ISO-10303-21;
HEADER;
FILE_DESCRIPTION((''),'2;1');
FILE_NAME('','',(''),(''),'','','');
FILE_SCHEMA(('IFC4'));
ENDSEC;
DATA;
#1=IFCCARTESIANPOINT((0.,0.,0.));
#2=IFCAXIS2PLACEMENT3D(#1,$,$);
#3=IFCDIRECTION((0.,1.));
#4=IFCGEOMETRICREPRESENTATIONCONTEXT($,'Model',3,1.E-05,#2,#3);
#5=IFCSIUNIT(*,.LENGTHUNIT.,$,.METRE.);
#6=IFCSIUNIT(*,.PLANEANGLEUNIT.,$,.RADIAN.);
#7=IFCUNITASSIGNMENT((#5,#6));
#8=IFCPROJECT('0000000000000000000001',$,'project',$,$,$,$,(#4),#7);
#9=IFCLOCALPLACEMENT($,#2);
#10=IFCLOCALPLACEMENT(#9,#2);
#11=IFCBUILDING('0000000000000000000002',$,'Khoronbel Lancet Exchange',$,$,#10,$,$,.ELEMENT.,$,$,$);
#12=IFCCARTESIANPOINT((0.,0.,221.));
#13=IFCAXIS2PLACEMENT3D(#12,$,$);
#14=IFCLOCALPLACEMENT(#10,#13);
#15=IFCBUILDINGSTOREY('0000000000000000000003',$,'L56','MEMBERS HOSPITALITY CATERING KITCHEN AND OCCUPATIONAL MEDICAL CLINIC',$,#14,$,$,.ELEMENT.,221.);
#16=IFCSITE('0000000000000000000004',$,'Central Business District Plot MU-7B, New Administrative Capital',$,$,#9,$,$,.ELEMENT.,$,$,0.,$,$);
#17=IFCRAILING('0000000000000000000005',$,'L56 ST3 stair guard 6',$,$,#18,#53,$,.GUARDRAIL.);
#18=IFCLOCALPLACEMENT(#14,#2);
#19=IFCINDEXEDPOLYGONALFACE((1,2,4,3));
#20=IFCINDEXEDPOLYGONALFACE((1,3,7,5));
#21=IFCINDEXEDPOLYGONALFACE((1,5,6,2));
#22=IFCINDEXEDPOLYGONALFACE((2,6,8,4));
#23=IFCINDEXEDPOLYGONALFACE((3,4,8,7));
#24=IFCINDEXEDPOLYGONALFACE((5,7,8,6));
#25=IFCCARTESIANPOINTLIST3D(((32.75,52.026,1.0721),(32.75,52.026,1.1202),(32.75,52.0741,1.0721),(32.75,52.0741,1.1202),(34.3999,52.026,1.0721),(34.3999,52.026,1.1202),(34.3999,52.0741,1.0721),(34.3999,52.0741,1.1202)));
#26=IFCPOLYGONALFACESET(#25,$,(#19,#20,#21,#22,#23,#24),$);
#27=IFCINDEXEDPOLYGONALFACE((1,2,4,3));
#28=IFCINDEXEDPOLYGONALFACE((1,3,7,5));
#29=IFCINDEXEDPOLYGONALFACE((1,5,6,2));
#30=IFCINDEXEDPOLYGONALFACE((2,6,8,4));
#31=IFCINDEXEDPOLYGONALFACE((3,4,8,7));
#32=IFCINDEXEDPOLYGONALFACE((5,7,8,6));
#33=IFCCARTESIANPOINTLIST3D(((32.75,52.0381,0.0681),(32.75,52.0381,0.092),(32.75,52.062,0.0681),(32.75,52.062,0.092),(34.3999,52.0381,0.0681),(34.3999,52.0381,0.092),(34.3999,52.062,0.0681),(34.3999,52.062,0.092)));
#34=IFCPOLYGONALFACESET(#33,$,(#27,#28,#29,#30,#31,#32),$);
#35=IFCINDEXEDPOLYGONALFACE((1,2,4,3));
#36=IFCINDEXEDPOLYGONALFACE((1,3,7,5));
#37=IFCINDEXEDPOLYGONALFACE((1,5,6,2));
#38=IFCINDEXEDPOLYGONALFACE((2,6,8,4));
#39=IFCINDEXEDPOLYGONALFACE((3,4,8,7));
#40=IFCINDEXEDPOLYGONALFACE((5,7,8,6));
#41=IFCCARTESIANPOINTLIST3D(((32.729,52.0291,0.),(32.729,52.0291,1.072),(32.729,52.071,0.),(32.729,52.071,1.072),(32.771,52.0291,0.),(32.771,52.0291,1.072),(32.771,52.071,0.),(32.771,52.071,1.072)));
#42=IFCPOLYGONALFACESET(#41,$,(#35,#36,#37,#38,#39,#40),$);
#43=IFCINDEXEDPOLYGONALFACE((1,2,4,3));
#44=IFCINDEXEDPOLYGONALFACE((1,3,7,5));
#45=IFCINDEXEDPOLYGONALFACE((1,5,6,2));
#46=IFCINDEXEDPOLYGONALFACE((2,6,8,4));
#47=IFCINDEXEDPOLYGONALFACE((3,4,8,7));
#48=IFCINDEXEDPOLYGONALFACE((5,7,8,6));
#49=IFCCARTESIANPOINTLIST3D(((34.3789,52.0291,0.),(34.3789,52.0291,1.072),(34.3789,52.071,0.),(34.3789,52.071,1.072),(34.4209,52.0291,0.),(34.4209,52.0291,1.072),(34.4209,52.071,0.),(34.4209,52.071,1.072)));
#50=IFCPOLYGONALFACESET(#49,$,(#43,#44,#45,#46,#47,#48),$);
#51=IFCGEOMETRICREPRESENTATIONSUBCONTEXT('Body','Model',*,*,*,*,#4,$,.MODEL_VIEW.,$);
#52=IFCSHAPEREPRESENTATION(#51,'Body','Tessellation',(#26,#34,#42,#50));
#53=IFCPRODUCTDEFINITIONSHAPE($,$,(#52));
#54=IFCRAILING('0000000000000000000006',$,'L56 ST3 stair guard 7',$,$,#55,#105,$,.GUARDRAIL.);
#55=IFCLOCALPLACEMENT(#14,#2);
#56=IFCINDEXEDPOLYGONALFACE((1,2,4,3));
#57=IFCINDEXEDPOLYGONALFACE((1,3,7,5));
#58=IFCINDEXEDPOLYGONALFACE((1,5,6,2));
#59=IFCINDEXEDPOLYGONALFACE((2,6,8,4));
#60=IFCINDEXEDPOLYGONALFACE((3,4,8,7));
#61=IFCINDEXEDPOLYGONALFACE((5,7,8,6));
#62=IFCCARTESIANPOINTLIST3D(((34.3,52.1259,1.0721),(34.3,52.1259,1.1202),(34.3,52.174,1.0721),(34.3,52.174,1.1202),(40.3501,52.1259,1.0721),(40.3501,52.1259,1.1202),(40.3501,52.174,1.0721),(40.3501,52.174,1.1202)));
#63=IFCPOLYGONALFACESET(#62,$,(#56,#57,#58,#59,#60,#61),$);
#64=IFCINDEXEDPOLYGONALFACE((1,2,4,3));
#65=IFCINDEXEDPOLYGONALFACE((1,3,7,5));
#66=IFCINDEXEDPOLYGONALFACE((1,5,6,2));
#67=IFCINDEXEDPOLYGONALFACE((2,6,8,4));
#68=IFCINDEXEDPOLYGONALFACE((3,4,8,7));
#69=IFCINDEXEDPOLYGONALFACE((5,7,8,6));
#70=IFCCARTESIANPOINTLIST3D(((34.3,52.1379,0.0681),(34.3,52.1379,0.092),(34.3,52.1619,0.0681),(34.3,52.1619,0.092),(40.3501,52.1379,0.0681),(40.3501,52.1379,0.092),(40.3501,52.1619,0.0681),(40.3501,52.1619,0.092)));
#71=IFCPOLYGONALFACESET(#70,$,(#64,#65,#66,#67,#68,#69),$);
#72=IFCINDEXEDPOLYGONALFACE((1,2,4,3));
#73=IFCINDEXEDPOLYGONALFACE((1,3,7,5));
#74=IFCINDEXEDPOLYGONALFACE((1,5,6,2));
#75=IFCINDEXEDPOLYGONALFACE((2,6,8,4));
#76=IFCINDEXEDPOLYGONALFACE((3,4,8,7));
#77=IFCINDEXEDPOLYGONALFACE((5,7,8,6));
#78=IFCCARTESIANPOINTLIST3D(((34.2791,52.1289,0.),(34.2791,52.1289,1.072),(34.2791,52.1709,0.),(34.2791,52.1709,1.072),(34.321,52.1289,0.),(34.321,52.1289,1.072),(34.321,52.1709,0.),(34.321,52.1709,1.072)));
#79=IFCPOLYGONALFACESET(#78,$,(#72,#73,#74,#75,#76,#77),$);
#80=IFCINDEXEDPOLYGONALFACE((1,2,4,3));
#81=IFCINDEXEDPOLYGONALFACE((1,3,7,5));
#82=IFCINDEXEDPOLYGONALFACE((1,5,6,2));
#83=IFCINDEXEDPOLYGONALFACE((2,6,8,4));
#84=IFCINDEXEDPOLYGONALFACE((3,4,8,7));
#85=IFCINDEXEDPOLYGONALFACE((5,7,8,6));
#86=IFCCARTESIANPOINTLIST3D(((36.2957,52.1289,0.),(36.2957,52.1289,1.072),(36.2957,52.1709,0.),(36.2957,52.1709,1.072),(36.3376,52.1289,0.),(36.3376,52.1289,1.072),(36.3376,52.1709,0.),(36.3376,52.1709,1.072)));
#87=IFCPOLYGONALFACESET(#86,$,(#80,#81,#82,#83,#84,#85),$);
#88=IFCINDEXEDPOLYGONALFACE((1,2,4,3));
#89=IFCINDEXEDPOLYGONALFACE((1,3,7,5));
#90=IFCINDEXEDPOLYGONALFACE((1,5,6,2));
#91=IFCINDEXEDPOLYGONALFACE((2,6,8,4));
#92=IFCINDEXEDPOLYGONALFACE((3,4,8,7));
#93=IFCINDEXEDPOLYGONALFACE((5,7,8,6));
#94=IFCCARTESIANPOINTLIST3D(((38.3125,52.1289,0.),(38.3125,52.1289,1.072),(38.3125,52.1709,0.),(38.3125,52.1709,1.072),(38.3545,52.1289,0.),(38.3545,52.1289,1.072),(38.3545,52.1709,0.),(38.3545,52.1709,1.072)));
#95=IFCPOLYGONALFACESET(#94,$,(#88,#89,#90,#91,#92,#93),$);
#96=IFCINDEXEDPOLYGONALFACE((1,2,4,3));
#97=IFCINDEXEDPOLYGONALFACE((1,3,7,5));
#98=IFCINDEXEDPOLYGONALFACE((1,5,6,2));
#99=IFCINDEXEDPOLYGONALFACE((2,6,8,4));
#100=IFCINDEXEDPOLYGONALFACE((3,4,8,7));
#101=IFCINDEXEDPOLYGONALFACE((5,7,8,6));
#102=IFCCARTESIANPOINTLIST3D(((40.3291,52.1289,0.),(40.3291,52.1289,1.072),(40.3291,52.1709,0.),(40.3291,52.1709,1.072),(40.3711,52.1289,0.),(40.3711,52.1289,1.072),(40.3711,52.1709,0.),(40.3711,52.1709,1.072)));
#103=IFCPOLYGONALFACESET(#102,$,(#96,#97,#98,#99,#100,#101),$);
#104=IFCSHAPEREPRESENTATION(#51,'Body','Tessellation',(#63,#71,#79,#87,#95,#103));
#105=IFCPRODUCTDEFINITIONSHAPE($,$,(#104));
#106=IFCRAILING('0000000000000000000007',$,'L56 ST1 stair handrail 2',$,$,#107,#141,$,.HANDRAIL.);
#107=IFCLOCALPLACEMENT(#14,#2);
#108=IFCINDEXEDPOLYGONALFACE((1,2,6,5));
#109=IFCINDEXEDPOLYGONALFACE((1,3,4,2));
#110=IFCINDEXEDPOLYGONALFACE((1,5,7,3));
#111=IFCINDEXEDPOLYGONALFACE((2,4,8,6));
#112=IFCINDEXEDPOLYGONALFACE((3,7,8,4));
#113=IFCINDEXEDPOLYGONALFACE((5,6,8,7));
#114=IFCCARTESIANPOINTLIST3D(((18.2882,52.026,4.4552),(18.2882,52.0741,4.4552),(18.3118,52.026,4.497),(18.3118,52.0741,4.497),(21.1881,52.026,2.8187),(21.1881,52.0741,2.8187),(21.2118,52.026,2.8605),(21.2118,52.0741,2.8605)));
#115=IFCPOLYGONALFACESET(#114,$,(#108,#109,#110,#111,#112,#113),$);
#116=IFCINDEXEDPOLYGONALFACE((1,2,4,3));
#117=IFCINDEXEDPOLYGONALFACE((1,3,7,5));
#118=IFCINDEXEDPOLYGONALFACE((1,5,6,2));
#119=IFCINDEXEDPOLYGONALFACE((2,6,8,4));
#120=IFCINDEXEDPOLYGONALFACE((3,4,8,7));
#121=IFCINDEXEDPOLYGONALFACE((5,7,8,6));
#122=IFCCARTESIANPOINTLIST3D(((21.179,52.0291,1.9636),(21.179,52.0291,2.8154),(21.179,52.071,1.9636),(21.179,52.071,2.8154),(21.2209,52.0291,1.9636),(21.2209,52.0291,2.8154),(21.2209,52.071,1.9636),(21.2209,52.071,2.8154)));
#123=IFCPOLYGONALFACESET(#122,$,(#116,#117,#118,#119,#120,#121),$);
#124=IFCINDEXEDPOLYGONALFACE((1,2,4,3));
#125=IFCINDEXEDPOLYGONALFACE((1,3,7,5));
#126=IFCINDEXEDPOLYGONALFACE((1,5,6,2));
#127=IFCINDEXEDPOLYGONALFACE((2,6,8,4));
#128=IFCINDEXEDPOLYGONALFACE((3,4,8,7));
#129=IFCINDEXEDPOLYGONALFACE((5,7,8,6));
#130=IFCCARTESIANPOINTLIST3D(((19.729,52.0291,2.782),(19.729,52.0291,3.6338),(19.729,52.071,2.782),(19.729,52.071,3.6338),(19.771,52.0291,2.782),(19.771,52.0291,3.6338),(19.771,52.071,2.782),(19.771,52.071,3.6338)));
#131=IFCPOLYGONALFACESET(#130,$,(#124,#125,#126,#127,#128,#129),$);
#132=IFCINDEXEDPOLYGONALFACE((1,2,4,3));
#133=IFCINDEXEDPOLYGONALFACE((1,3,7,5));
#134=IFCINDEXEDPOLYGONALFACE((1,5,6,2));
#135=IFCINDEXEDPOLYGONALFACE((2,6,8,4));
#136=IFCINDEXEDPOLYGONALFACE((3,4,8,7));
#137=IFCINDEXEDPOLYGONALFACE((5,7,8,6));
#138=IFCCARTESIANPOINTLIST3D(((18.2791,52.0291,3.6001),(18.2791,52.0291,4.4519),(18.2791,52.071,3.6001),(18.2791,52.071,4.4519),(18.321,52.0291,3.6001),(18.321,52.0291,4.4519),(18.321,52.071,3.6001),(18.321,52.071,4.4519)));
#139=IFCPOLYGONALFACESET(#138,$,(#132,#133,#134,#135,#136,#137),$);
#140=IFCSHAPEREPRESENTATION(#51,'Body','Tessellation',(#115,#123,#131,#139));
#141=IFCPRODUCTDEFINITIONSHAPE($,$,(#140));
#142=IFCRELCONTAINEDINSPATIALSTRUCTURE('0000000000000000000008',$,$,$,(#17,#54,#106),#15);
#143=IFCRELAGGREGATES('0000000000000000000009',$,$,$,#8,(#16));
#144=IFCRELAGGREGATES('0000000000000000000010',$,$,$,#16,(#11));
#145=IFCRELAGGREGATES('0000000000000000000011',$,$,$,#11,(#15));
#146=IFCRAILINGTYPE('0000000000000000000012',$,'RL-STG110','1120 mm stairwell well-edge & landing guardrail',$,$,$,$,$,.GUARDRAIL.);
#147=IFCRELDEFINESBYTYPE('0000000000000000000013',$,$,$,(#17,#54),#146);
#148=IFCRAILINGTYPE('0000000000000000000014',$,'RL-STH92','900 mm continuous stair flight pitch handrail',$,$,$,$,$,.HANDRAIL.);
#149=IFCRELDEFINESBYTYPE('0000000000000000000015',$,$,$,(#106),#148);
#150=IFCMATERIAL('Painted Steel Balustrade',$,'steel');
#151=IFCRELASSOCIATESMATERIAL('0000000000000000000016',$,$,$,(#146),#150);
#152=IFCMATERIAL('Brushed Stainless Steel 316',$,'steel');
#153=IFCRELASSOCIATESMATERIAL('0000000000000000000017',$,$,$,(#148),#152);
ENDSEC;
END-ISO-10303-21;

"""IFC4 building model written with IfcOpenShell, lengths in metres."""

from ifc_helpers import new_model, si_unit, direction, frame, origin, origin_2d, place, context, subcontext, project, spatial, rectangle, extrude, material, type_object, element, save


model = new_model("IFC4")

# Units and contexts
model_context = context("Model", 3, precision=1e-05, world=origin(), true_north=direction((0.0, 1.0)))
body_context = subcontext(model_context, "Body", "Model", "MODEL_VIEW")
ifc_project = project(units=[si_unit("LENGTHUNIT", "METRE"), si_unit("PLANEANGLEUNIT", "RADIAN")], contexts=[model_context])

# Site, building, storey
site_placement = place(None, origin())
site = spatial("IfcSite", under=ifc_project, at=site_placement, Name="Central Business District Plot MU-7B, New Administrative Capital", CompositionType="ELEMENT", RefElevation=0.0)
building_placement = place(site_placement, origin())
building = spatial("IfcBuilding", under=site, at=building_placement, Name="Khoronbel Lancet Exchange", CompositionType="ELEMENT")
storey_placement = place(building_placement, frame((0.0, 0.0, 221.0)))
storey = spatial("IfcBuildingStorey", under=building, at=storey_placement, Name="L56", Description="MEMBERS HOSPITALITY CATERING KITCHEN AND OCCUPATIONAL MEDICAL CLINIC", CompositionType="ELEMENT", Elevation=221.0)

# Railings
ifc_material_1 = material(Name="Painted Steel Balustrade", Category="steel")
railing_type_1 = type_object("IfcRailingType", Name="RL-STG110", Description="1120 mm stairwell well-edge & landing guardrail", PredefinedType="GUARDRAIL", material=ifc_material_1)
railing_1_placement = place(storey_placement, frame((32.75, 52.05, 0.0)))
element("IfcRailing", 1, at=railing_1_placement, inside=storey, type_object=railing_type_1, Name="L56 ST3 stair guard 6", PredefinedType="GUARDRAIL", context=body_context, shape_type="SweptSolid", body=[
    extrude(rectangle(XDim=0.0481, YDim=0.0481, at=origin_2d()), frame((0.0, 0.0, 1.0962), z_axis=(1.0, 0.0, 0.0), x_axis=(0.0, 1.0, 0.0)), (0.0, 0.0, 1.0), 1.6499),
    extrude(rectangle(XDim=0.0239, YDim=0.0239, at=origin_2d()), frame((0.0, 0.0, 0.0801), z_axis=(1.0, 0.0, 0.0), x_axis=(0.0, 1.0, 0.0)), (0.0, 0.0, 1.0), 1.6499),
    extrude(rectangle(XDim=0.042, YDim=0.042, at=origin_2d()), origin(), (0.0, 0.0, 1.0), 1.072),
    extrude(rectangle(XDim=0.042, YDim=0.042, at=origin_2d()), frame((1.6499, 0.0, 0.0)), (0.0, 0.0, 1.0), 1.072),
])
railing_2_placement = place(storey_placement, frame((34.3, 52.1499, 0.0)))
element("IfcRailing", 2, at=railing_2_placement, inside=storey, type_object=railing_type_1, Name="L56 ST3 stair guard 7", PredefinedType="GUARDRAIL", context=body_context, shape_type="SweptSolid", body=[
    extrude(rectangle(XDim=0.0481, YDim=0.0481, at=origin_2d()), frame((0.0, 0.0, 1.0962), z_axis=(1.0, 0.0, 0.0), x_axis=(0.0, 1.0, 0.0)), (0.0, 0.0, 1.0), 6.05),
    extrude(rectangle(XDim=0.0239, YDim=0.0239, at=origin_2d()), frame((0.0, 0.0, 0.0801), z_axis=(1.0, 0.0, 0.0), x_axis=(0.0, 1.0, 0.0)), (0.0, 0.0, 1.0), 6.05),
    extrude(rectangle(XDim=0.042, YDim=0.042, at=origin_2d()), origin(), (0.0, 0.0, 1.0), 1.072),
    extrude(rectangle(XDim=0.042, YDim=0.042, at=origin_2d()), frame((2.0166, 0.0, 0.0)), (0.0, 0.0, 1.0), 1.072),
    extrude(rectangle(XDim=0.042, YDim=0.042, at=origin_2d()), frame((4.0334, 0.0, 0.0)), (0.0, 0.0, 1.0), 1.072),
    extrude(rectangle(XDim=0.042, YDim=0.042, at=origin_2d()), frame((6.05, 0.0, 0.0)), (0.0, 0.0, 1.0), 1.072),
])
ifc_material_2 = material(Name="Brushed Stainless Steel 316", Category="steel")
railing_type_2 = type_object("IfcRailingType", Name="RL-STH92", Description="900 mm continuous stair flight pitch handrail", PredefinedType="HANDRAIL", material=ifc_material_2)
railing_3_placement = place(storey_placement, frame((21.2, 52.05, 1.9636)))
element("IfcRailing", 3, at=railing_3_placement, inside=storey, type_object=railing_type_2, Name="L56 ST1 stair handrail 2", PredefinedType="HANDRAIL", context=body_context, shape_type="SweptSolid", body=[
    extrude(rectangle(XDim=0.0481, YDim=0.0481, at=origin_2d()), frame((0.0, 0.0, 0.876), z_axis=(-0.870897, 0.0, 0.491465), x_axis=(0.0, -1.0, 0.0)), (0.0, 0.0, 1.0), 3.3298),
    extrude(rectangle(XDim=0.042, YDim=0.042, at=origin_2d()), origin(), (0.0, 0.0, 1.0), 0.8518),
    extrude(rectangle(XDim=0.042, YDim=0.042, at=origin_2d()), frame((-1.45, 0.0, 0.8184)), (0.0, 0.0, 1.0), 0.8518),
    extrude(rectangle(XDim=0.042, YDim=0.042, at=origin_2d()), frame((-2.8999, 0.0, 1.6365)), (0.0, 0.0, 1.0), 0.8518),
])

save(model, "model.ifc")
